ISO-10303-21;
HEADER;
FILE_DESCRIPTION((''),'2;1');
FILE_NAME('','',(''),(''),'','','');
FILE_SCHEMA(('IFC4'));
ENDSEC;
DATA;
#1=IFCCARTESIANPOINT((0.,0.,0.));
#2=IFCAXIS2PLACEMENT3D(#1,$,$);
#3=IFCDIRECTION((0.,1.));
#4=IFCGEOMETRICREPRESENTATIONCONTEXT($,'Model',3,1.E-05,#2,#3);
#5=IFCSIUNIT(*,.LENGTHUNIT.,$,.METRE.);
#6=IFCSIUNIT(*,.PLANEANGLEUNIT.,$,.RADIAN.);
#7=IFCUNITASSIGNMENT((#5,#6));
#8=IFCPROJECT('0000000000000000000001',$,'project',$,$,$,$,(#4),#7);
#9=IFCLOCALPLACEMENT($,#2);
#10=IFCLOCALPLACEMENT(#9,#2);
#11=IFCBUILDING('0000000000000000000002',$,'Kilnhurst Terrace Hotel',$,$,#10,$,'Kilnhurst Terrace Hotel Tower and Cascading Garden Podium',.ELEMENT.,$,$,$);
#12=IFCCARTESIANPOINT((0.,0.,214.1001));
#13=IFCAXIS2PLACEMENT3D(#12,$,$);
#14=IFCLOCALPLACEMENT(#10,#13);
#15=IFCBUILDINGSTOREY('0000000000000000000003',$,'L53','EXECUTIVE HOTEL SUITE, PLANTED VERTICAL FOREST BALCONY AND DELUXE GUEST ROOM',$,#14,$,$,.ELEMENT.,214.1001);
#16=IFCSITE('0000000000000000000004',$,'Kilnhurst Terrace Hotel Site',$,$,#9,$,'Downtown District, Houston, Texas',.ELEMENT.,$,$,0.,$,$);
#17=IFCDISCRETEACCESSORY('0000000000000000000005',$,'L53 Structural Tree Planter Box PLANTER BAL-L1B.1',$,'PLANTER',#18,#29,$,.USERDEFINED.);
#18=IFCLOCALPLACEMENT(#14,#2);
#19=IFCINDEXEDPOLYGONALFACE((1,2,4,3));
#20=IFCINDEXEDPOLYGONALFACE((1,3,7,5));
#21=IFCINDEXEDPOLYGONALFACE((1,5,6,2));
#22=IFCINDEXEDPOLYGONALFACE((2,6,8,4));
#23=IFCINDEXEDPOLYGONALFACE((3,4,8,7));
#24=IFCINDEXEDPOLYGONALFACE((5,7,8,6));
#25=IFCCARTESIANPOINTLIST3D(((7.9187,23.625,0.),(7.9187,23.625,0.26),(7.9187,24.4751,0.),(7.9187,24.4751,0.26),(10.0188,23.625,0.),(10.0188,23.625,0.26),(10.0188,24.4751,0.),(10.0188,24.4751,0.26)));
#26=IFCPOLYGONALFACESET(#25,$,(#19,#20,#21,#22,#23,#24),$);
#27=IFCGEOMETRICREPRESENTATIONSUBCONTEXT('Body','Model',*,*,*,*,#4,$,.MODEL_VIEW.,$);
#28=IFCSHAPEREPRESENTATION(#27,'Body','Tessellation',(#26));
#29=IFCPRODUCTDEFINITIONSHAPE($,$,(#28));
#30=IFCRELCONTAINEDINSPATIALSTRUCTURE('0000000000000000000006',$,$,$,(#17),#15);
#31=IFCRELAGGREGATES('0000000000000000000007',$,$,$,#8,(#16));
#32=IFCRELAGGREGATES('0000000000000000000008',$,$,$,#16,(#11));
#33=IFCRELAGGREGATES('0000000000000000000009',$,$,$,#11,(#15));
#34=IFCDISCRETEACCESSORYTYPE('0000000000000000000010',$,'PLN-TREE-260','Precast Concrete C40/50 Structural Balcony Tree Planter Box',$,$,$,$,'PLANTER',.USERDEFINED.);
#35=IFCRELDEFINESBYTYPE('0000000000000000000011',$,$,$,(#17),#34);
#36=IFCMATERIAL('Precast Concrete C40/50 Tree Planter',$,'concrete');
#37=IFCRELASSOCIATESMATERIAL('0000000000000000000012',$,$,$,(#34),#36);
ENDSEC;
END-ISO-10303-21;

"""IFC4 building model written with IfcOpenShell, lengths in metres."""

from ifc_helpers import new_model, si_unit, direction, frame, origin, origin_2d, place, context, subcontext, project, spatial, rectangle, extrude, material, type_object, element, save


model = new_model("IFC4")

# Units and contexts
model_context = context("Model", 3, precision=1e-05, world=origin(), true_north=direction((0.0, 1.0)))
body_context = subcontext(model_context, "Body", "Model", "MODEL_VIEW")
ifc_project = project(units=[si_unit("LENGTHUNIT", "METRE"), si_unit("PLANEANGLEUNIT", "RADIAN")], contexts=[model_context])

# Site, building, storey
site_placement = place(None, origin())
site = spatial("IfcSite", under=ifc_project, at=site_placement, Name="Kilnhurst Terrace Hotel Site", LongName="Downtown District, Houston, Texas", CompositionType="ELEMENT", RefElevation=0.0)
building_placement = place(site_placement, origin())
building = spatial("IfcBuilding", under=site, at=building_placement, Name="Kilnhurst Terrace Hotel", LongName="Kilnhurst Terrace Hotel Tower and Cascading Garden Podium", CompositionType="ELEMENT")
storey_placement = place(building_placement, frame((0.0, 0.0, 214.1001)))
storey = spatial("IfcBuildingStorey", under=building, at=storey_placement, Name="L53", Description="EXECUTIVE HOTEL SUITE, PLANTED VERTICAL FOREST BALCONY AND DELUXE GUEST ROOM", CompositionType="ELEMENT", Elevation=214.1001)

# Discrete accessory
ifc_material_1 = material(Name="Precast Concrete C40/50 Tree Planter", Category="concrete")
discrete_accessory_type_1 = type_object("IfcDiscreteAccessoryType", Name="PLN-TREE-260", Description="Precast Concrete C40/50 Structural Balcony Tree Planter Box", ElementType="PLANTER", PredefinedType="USERDEFINED", material=ifc_material_1)
discrete_accessory_1_placement = place(storey_placement, frame((8.9688, 24.05, 0.0), z_axis=(0.0, 0.0, 1.0), x_axis=(-1.0, 0.0, 0.0)))
element("IfcDiscreteAccessory", 1, at=discrete_accessory_1_placement, inside=storey, type_object=discrete_accessory_type_1, Name="L53 Structural Tree Planter Box PLANTER BAL-L1B.1", ObjectType="PLANTER", PredefinedType="USERDEFINED", context=body_context, shape_type="SweptSolid", body=[
    extrude(rectangle(XDim=2.1001, YDim=0.8501, at=origin_2d()), origin(), (0.0, 0.0, 1.0), 0.26),
])

save(model, "model.ifc")
